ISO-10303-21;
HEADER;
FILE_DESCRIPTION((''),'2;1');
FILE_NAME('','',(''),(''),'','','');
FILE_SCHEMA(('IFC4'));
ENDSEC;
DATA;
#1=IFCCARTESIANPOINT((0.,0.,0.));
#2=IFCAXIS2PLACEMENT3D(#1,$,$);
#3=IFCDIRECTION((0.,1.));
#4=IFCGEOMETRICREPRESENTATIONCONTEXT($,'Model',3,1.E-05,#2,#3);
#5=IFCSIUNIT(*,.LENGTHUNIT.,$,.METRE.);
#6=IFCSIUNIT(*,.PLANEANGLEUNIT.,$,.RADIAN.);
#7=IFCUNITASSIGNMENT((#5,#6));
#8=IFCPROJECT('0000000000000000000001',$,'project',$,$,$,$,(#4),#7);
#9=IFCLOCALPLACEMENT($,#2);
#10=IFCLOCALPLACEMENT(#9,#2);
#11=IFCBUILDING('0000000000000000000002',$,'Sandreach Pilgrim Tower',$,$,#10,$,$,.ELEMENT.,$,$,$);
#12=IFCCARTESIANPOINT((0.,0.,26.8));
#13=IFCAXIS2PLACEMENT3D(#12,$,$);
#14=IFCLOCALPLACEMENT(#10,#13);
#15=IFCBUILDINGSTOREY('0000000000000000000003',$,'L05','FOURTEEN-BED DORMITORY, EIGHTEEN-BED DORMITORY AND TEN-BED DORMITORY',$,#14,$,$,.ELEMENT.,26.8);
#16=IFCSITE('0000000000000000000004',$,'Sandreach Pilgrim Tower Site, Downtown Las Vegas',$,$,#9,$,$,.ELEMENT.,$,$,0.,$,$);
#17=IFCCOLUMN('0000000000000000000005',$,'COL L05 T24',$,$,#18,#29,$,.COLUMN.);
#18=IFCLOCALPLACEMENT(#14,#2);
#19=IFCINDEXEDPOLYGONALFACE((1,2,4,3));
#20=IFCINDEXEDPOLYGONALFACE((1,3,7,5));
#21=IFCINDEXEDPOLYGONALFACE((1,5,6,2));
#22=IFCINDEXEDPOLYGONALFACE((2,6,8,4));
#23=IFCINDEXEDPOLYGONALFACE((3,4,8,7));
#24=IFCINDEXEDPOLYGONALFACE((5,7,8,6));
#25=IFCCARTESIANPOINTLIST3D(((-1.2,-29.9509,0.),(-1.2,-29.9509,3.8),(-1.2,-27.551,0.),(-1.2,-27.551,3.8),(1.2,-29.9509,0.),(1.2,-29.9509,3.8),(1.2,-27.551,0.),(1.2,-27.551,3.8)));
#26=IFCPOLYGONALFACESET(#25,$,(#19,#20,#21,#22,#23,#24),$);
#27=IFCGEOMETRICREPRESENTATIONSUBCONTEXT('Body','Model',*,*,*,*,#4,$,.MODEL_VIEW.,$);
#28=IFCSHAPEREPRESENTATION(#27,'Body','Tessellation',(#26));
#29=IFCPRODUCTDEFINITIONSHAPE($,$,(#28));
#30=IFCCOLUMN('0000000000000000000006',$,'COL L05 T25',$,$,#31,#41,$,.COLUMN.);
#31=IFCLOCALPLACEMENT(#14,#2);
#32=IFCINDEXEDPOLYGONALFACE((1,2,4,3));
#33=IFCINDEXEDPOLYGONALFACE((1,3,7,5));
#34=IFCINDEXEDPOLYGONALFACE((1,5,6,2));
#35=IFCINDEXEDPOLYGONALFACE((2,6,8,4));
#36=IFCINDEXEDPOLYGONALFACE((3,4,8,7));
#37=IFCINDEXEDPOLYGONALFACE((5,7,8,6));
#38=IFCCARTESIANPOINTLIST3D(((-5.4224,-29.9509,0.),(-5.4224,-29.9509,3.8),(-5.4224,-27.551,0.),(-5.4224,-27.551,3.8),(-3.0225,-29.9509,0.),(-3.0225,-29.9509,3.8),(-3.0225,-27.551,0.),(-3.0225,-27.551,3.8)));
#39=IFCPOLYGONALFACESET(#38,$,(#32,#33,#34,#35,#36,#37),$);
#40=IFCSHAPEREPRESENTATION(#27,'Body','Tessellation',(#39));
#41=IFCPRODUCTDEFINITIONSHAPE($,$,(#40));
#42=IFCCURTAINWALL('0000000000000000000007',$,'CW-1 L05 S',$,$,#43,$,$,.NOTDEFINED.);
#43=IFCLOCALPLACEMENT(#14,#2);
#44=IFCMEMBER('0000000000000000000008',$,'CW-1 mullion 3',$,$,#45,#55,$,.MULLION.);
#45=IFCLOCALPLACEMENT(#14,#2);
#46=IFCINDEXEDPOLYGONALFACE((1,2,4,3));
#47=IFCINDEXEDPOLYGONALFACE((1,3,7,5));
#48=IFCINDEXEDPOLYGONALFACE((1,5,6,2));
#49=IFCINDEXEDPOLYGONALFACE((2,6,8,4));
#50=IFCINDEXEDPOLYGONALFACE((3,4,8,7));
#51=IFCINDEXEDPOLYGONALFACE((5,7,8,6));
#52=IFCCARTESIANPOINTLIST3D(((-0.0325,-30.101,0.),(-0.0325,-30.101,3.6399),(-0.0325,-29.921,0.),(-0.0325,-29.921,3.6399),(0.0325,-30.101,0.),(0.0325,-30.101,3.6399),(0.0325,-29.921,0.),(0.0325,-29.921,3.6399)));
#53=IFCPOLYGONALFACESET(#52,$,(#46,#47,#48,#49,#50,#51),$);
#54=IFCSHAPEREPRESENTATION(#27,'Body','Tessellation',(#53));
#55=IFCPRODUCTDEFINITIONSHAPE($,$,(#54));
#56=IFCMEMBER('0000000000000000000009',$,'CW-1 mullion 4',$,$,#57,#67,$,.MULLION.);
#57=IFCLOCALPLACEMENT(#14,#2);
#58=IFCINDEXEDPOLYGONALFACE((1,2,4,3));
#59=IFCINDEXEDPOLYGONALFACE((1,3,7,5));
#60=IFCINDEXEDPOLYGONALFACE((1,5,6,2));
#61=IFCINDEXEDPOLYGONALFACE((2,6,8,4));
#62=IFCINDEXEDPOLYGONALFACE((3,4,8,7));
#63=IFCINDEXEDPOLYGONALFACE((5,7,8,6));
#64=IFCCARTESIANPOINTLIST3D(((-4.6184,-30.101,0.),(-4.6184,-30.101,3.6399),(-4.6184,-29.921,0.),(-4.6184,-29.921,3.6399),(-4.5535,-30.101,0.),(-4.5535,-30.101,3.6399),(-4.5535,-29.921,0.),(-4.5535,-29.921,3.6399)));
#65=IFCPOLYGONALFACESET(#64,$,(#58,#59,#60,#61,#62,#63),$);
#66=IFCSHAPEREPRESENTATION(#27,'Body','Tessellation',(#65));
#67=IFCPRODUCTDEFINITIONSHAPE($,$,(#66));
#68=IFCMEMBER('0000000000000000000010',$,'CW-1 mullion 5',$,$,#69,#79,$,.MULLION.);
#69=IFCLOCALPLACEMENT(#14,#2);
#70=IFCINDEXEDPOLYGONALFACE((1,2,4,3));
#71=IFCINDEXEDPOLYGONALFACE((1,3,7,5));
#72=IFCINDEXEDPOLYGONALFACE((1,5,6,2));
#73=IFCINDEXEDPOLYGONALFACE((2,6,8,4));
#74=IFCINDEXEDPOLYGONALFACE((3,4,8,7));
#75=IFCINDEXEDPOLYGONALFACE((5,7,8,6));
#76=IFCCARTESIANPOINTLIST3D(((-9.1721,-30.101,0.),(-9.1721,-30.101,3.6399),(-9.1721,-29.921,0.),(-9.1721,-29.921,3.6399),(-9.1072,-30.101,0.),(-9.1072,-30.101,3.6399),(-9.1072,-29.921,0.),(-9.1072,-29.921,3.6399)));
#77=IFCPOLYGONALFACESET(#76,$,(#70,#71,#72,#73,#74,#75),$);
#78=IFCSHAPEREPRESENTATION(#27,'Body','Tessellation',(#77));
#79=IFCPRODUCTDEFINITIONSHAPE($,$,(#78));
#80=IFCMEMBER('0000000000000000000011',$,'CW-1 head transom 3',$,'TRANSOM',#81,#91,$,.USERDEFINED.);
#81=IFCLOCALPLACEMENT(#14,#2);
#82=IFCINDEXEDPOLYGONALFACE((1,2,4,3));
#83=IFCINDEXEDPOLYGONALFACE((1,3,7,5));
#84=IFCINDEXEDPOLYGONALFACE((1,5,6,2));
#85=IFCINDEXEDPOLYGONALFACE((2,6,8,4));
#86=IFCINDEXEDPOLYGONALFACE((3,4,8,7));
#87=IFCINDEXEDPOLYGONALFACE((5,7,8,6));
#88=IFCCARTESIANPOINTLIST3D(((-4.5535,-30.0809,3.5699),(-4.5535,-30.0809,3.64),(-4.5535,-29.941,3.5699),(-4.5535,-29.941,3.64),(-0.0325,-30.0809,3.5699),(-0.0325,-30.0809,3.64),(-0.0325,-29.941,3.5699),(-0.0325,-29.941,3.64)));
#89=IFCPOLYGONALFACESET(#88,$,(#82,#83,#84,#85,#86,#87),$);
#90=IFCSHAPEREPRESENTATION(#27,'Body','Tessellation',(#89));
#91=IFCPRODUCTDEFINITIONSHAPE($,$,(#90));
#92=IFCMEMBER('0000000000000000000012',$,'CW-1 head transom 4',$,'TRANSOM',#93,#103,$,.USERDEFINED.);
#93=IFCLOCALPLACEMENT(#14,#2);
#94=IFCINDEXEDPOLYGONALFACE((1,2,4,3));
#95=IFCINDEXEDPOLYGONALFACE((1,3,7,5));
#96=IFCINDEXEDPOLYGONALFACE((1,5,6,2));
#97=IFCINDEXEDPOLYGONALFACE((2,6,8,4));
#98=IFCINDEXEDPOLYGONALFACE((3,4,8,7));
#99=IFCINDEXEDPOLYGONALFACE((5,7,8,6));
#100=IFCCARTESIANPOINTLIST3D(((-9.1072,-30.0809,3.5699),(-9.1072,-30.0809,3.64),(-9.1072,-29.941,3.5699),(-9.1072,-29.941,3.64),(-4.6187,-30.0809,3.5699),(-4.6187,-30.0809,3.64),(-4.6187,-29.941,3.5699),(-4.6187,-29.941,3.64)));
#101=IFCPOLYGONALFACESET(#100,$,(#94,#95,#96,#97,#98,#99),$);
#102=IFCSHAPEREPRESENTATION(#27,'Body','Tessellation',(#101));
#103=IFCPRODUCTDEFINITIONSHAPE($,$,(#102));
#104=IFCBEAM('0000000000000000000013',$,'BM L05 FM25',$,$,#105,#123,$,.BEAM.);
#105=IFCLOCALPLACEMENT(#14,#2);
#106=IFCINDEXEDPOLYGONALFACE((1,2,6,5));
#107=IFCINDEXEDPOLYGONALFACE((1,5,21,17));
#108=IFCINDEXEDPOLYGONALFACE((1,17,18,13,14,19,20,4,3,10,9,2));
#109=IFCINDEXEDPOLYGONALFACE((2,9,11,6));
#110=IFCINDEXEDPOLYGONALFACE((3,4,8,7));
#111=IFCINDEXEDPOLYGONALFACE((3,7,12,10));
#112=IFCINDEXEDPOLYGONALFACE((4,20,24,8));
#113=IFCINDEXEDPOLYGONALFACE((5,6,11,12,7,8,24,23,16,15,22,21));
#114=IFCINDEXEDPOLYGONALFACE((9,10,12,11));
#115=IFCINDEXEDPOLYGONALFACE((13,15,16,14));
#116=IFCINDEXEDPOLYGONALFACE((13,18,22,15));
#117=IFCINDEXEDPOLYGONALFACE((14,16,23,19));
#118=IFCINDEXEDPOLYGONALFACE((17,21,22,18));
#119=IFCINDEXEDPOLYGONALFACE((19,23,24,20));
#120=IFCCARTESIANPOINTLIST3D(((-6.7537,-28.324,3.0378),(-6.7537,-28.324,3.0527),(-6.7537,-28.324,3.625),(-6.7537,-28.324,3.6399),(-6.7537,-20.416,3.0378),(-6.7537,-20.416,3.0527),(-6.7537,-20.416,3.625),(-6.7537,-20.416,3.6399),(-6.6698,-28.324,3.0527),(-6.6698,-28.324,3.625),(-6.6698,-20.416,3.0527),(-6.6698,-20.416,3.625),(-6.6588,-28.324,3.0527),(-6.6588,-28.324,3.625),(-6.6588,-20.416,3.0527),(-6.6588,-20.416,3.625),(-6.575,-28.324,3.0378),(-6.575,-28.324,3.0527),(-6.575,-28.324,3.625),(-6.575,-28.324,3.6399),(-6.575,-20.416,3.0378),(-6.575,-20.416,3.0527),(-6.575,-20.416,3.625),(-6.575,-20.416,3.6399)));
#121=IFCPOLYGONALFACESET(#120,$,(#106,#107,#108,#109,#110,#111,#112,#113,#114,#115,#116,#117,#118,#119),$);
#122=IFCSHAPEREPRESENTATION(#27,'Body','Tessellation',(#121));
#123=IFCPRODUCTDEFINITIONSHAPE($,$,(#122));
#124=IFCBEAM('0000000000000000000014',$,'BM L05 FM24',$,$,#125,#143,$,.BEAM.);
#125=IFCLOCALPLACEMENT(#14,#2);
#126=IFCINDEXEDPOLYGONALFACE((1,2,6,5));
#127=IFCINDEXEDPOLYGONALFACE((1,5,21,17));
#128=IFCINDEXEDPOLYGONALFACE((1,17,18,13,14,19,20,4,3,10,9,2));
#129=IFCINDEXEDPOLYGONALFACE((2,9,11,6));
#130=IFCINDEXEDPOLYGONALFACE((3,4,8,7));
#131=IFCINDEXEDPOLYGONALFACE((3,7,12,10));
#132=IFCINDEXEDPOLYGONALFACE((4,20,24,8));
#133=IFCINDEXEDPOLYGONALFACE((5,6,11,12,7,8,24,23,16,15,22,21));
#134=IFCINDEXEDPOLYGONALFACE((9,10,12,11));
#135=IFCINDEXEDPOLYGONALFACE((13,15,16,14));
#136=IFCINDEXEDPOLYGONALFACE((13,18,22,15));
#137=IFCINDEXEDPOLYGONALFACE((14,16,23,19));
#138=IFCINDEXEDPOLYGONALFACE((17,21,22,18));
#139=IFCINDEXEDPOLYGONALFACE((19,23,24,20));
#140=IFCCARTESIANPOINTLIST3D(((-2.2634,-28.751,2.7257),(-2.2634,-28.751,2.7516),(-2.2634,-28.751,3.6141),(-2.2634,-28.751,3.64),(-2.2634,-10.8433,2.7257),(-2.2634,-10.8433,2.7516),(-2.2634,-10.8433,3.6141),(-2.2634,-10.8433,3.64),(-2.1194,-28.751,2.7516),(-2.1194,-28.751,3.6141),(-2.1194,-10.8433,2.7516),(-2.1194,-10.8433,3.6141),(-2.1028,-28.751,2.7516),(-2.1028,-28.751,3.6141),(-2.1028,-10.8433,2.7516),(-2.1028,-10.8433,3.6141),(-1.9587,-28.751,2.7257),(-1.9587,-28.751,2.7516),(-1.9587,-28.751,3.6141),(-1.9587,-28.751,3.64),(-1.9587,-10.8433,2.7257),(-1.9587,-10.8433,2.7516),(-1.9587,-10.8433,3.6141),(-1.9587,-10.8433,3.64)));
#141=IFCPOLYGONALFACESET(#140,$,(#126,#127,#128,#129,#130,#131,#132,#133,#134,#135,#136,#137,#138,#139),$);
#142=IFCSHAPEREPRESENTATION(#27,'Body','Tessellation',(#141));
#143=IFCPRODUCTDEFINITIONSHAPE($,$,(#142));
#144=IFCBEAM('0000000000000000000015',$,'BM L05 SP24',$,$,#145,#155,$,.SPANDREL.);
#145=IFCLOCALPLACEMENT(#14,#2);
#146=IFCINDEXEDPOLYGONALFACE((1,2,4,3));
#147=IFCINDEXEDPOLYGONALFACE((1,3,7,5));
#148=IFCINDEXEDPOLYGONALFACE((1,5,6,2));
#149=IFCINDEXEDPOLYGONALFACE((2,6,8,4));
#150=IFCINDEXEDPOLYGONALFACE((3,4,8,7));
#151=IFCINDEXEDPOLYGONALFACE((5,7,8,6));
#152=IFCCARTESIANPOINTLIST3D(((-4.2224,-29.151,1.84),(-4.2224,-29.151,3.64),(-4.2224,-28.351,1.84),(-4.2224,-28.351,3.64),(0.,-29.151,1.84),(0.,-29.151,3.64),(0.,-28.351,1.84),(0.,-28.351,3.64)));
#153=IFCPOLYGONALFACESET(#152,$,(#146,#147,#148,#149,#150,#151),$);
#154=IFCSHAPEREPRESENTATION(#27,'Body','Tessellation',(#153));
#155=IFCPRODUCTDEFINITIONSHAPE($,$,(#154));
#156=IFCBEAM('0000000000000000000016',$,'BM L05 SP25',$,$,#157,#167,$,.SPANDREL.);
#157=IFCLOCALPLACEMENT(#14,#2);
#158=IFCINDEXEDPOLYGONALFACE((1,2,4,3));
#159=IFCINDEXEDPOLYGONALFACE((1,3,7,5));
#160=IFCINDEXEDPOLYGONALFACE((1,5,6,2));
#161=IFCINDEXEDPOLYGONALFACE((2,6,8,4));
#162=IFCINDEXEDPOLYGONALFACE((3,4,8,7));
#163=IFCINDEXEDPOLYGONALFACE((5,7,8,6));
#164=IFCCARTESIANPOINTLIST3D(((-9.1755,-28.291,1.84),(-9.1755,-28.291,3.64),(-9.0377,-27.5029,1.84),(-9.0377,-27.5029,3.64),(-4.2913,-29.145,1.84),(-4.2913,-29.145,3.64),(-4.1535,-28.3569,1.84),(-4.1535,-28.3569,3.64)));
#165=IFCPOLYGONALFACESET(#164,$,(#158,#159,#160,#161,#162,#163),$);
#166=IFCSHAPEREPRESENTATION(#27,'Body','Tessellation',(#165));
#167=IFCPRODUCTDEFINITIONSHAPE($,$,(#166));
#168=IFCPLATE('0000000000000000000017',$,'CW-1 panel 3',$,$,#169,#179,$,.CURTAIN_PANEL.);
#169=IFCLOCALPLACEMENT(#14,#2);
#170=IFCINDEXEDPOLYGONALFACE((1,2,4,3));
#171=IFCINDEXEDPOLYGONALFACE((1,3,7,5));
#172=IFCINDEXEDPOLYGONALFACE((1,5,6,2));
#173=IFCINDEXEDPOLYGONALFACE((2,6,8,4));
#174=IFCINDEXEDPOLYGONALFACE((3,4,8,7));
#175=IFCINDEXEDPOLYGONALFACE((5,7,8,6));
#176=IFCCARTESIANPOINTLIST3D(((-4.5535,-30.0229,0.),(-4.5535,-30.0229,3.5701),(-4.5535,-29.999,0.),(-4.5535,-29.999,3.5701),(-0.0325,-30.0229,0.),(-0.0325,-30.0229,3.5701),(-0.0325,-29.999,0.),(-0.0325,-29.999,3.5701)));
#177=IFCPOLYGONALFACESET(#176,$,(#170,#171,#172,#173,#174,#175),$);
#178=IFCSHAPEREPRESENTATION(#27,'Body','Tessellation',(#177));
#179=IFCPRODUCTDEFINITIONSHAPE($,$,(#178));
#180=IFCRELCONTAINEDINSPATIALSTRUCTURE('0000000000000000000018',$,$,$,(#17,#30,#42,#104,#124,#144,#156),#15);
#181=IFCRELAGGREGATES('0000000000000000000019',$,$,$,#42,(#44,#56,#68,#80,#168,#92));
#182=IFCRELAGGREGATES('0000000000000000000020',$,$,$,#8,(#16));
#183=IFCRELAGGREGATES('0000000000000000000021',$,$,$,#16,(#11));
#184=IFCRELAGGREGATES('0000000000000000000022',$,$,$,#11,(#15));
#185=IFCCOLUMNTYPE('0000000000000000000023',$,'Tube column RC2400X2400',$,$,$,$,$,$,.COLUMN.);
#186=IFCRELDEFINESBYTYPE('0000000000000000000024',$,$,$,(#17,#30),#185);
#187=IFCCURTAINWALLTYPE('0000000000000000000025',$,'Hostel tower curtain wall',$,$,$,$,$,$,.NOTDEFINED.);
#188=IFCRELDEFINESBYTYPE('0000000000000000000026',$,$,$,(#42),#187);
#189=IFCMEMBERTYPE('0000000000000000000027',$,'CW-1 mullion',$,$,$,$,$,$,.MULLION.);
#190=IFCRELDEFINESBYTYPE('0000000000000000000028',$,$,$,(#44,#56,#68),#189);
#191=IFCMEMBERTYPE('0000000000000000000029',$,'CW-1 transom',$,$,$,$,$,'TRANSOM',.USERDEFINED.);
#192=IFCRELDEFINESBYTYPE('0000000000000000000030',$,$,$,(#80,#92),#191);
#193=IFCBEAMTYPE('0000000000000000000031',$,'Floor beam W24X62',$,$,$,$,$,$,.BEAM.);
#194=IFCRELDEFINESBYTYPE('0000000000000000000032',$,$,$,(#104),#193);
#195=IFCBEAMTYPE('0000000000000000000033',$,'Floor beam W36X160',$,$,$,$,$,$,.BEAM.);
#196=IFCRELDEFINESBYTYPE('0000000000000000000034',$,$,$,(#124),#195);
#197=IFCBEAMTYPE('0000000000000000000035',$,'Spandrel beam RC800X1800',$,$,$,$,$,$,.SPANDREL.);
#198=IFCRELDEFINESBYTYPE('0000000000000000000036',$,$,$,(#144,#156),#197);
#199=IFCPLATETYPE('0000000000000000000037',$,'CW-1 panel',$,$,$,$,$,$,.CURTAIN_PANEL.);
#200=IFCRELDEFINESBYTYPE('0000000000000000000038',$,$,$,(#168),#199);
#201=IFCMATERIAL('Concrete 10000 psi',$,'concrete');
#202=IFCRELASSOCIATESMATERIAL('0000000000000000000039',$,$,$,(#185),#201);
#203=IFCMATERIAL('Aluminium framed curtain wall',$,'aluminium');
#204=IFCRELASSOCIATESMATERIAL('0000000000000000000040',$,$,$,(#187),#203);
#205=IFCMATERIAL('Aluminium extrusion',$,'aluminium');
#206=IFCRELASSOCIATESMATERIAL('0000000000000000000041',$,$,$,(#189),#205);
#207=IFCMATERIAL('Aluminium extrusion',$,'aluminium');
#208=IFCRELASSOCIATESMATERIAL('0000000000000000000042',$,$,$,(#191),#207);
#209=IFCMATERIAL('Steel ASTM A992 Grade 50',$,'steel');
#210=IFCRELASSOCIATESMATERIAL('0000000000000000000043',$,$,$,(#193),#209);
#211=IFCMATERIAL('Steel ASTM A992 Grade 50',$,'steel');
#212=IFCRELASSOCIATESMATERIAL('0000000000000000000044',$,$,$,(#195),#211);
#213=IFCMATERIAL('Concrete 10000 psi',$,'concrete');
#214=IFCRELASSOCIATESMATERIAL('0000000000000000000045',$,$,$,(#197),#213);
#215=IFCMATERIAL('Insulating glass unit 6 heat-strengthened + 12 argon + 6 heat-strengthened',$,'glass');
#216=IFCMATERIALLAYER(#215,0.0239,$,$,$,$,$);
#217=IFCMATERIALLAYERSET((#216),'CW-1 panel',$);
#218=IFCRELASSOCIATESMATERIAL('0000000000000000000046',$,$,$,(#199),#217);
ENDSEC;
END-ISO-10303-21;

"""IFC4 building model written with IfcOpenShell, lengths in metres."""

from ifc_helpers import new_model, si_unit, direction, frame, origin, origin_2d, place, context, subcontext, project, spatial, rectangle, i_section, extrude, material, layer, layer_set, material_profile, profile_set, type_object, element, aggregate, save


model = new_model("IFC4")

# Units and contexts
model_context = context("Model", 3, precision=1e-05, world=origin(), true_north=direction((0.0, 1.0)))
body_context = subcontext(model_context, "Body", "Model", "MODEL_VIEW")
ifc_project = project(units=[si_unit("LENGTHUNIT", "METRE"), si_unit("PLANEANGLEUNIT", "RADIAN")], contexts=[model_context])

# Site, building, storey
site_placement = place(None, origin())
site = spatial("IfcSite", under=ifc_project, at=site_placement, Name="Sandreach Pilgrim Tower Site, Downtown Las Vegas", CompositionType="ELEMENT", RefElevation=0.0)
building_placement = place(site_placement, origin())
building = spatial("IfcBuilding", under=site, at=building_placement, Name="Sandreach Pilgrim Tower", CompositionType="ELEMENT")
storey_placement = place(building_placement, frame((0.0, 0.0, 26.8)))
storey = spatial("IfcBuildingStorey", under=building, at=storey_placement, Name="L05", Description="FOURTEEN-BED DORMITORY, EIGHTEEN-BED DORMITORY AND TEN-BED DORMITORY", CompositionType="ELEMENT", Elevation=26.8)

# Columns
ifc_material_1 = material(Name="Concrete 10000 psi", Category="concrete")
ifc_material_profile_1 = material_profile(ifc_material_1, rectangle(XDim=2.3999, YDim=2.3999, at=origin_2d()), Name="RC2400X2400")
ifc_profile_set_1 = profile_set([ifc_material_profile_1], Name="Concrete 10000 psi")
column_type = type_object("IfcColumnType", Name="Tube column RC2400X2400", PredefinedType="COLUMN", material=ifc_profile_set_1)
for number, where, z_axis, x_axis, name in (
    (1, (0.0, -28.751, 0.0), (0.0, 0.0, 1.0), (0.0, -1.0, 0.0), "COL L05 T24"),
    (2, (-4.2224, -28.751, 0.0), (0.0, 0.0, 1.0), (0.0, -1.0, 0.0), "COL L05 T25"),
):
    element("IfcColumn", number, at=place(storey_placement, frame(where, z_axis=z_axis, x_axis=x_axis)), inside=storey, type_object=column_type, Name=name, PredefinedType="COLUMN", context=body_context, shape_type="SweptSolid", body=[
        extrude(rectangle(XDim=2.3999, YDim=2.3999, at=origin_2d()), origin(), (0.0, 0.0, 1.0), 3.8),
    ])

# Curtain wall, members
ifc_material_2 = material(Name="Aluminium framed curtain wall", Category="aluminium")
curtain_wall_type = type_object("IfcCurtainWallType", Name="Hostel tower curtain wall", PredefinedType="NOTDEFINED", material=ifc_material_2)
curtain_wall_placement = place(storey_placement, origin())
curtain_wall = element("IfcCurtainWall", 3, at=curtain_wall_placement, inside=storey, type_object=curtain_wall_type, Name="CW-1 L05 S", PredefinedType="NOTDEFINED")
ifc_material_3 = material(Name="Aluminium extrusion", Category="aluminium")
ifc_material_profile_2 = material_profile(ifc_material_3, rectangle(XDim=0.0649, YDim=0.1799, at=origin_2d()), Name="CW-1M 65X180")
ifc_profile_set_2 = profile_set([ifc_material_profile_2], Name="Aluminium extrusion")
member_type_1 = type_object("IfcMemberType", Name="CW-1 mullion", PredefinedType="MULLION", material=ifc_profile_set_2)
member_1_placement = place(storey_placement, frame((0.0, -30.011, 0.0), z_axis=(0.0, 0.0, 1.0), x_axis=(-1.0, 0.0, 0.0)))
member_1 = element("IfcMember", 4, at=member_1_placement, type_object=member_type_1, Name="CW-1 mullion 3", PredefinedType="MULLION", context=body_context, shape_type="SweptSolid", body=[
    extrude(rectangle(XDim=0.0649, YDim=0.1799, at=origin_2d()), origin(), (0.0, 0.0, 1.0), 3.6399),
])
member_2_placement = place(storey_placement, frame((-4.5859, -30.011, 0.0), z_axis=(0.0, 0.0, 1.0), x_axis=(-1.0, 0.0, 0.0)))
member_2 = element("IfcMember", 5, at=member_2_placement, type_object=member_type_1, Name="CW-1 mullion 4", PredefinedType="MULLION", context=body_context, shape_type="SweptSolid", body=[
    extrude(rectangle(XDim=0.0649, YDim=0.1799, at=origin_2d()), origin(), (0.0, 0.0, 1.0), 3.6399),
])
member_3_placement = place(storey_placement, frame((-9.1396, -30.011, 0.0), z_axis=(0.0, 0.0, 1.0), x_axis=(-1.0, 0.0, 0.0)))
member_3 = element("IfcMember", 6, at=member_3_placement, type_object=member_type_1, Name="CW-1 mullion 5", PredefinedType="MULLION", context=body_context, shape_type="SweptSolid", body=[
    extrude(rectangle(XDim=0.0649, YDim=0.1799, at=origin_2d()), origin(), (0.0, 0.0, 1.0), 3.6399),
])
ifc_material_4 = material(Name="Aluminium extrusion", Category="aluminium")
ifc_material_profile_3 = material_profile(ifc_material_4, rectangle(XDim=0.1399, YDim=0.0701, at=origin_2d()), Name="CW-1T 140X70")
ifc_profile_set_3 = profile_set([ifc_material_profile_3], Name="Aluminium extrusion")
member_type_2 = type_object("IfcMemberType", Name="CW-1 transom", ElementType="TRANSOM", PredefinedType="USERDEFINED", material=ifc_profile_set_3)
member_4_placement = place(storey_placement, frame((-0.0325, -30.011, 3.605), z_axis=(-1.0, 0.0, 0.0), x_axis=(0.0, -1.0, 0.0)))
member_4 = element("IfcMember", 7, at=member_4_placement, type_object=member_type_2, Name="CW-1 head transom 3", ObjectType="TRANSOM", PredefinedType="USERDEFINED", context=body_context, shape_type="SweptSolid", body=[
    extrude(rectangle(XDim=0.1399, YDim=0.0701, at=origin_2d()), origin(), (0.0, 0.0, 1.0), 4.521),
])
member_5_placement = place(storey_placement, frame((-4.6187, -30.011, 3.605), z_axis=(-1.0, 0.0, 0.0), x_axis=(0.0, -1.0, 0.0)))
member_5 = element("IfcMember", 8, at=member_5_placement, type_object=member_type_2, Name="CW-1 head transom 4", ObjectType="TRANSOM", PredefinedType="USERDEFINED", context=body_context, shape_type="SweptSolid", body=[
    extrude(rectangle(XDim=0.1399, YDim=0.0701, at=origin_2d()), origin(), (0.0, 0.0, 1.0), 4.4885),
])

# Beams
ifc_material_5 = material(Name="Steel ASTM A992 Grade 50", Category="steel")
ifc_material_profile_4 = material_profile(ifc_material_5, i_section(OverallWidth=0.1787, OverallDepth=0.6021, WebThickness=0.011, FlangeThickness=0.0149, at=origin_2d()), Name="W24X62")
ifc_profile_set_4 = profile_set([ifc_material_profile_4], Name="Steel ASTM A992 Grade 50")
beam_type_1 = type_object("IfcBeamType", Name="Floor beam W24X62", PredefinedType="BEAM", material=ifc_profile_set_4)
beam_1_placement = place(storey_placement, frame((-6.6643, -28.324, 3.3389), z_axis=(0.0, 1.0, 0.0), x_axis=(-1.0, 0.0, 0.0)))
element("IfcBeam", 9, at=beam_1_placement, inside=storey, type_object=beam_type_1, Name="BM L05 FM25", PredefinedType="BEAM", context=body_context, shape_type="SweptSolid", body=[
    extrude(i_section(OverallWidth=0.1787, OverallDepth=0.6021, WebThickness=0.011, FlangeThickness=0.0149, at=origin_2d()), origin(), (0.0, 0.0, 1.0), 7.908),
])
ifc_material_6 = material(Name="Steel ASTM A992 Grade 50", Category="steel")
ifc_material_profile_5 = material_profile(ifc_material_6, i_section(OverallWidth=0.3047, OverallDepth=0.9143, WebThickness=0.0166, FlangeThickness=0.0259, at=origin_2d()), Name="W36X160")
ifc_profile_set_5 = profile_set([ifc_material_profile_5], Name="Steel ASTM A992 Grade 50")
beam_type_2 = type_object("IfcBeamType", Name="Floor beam W36X160", PredefinedType="BEAM", material=ifc_profile_set_5)
beam_2_placement = place(storey_placement, frame((-2.1111, -28.751, 3.1829), z_axis=(0.0, 1.0, 0.0), x_axis=(-1.0, 0.0, 0.0)))
element("IfcBeam", 10, at=beam_2_placement, inside=storey, type_object=beam_type_2, Name="BM L05 FM24", PredefinedType="BEAM", context=body_context, shape_type="SweptSolid", body=[
    extrude(i_section(OverallWidth=0.3047, OverallDepth=0.9143, WebThickness=0.0166, FlangeThickness=0.0259, at=origin_2d()), origin(), (0.0, 0.0, 1.0), 17.9077),
])
ifc_material_7 = material(Name="Concrete 10000 psi", Category="concrete")
ifc_material_profile_6 = material_profile(ifc_material_7, rectangle(XDim=0.8, YDim=1.8, at=origin_2d()), Name="RC800X1800")
ifc_profile_set_6 = profile_set([ifc_material_profile_6], Name="Concrete 10000 psi")
beam_type_3 = type_object("IfcBeamType", Name="Spandrel beam RC800X1800", PredefinedType="SPANDREL", material=ifc_profile_set_6)
beam_3_placement = place(storey_placement, frame((0.0, -28.751, 2.74), z_axis=(-1.0, 0.0, 0.0), x_axis=(0.0, -1.0, 0.0)))
element("IfcBeam", 11, at=beam_3_placement, inside=storey, type_object=beam_type_3, Name="BM L05 SP24", PredefinedType="SPANDREL", context=body_context, shape_type="SweptSolid", body=[
    extrude(rectangle(XDim=0.8, YDim=1.8, at=origin_2d()), origin(), (0.0, 0.0, 1.0), 4.2224),
])
beam_4_placement = place(storey_placement, frame((-4.2224, -28.751, 2.74), z_axis=(-0.985054, 0.172243, 0.0), x_axis=(-0.172243, -0.985054, 0.0)))
element("IfcBeam", 12, at=beam_4_placement, inside=storey, type_object=beam_type_3, Name="BM L05 SP25", PredefinedType="SPANDREL", context=body_context, shape_type="SweptSolid", body=[
    extrude(rectangle(XDim=0.8, YDim=1.8, at=origin_2d()), origin(), (0.0, 0.0, 1.0), 4.9583),
])

# Plate
ifc_material_8 = material(Name="Insulating glass unit 6 heat-strengthened + 12 argon + 6 heat-strengthened", Category="glass")
ifc_layer_1 = layer(ifc_material_8, 0.0239)
ifc_layer_set_1 = layer_set([ifc_layer_1], Name="CW-1 panel")
plate_type = type_object("IfcPlateType", Name="CW-1 panel", PredefinedType="CURTAIN_PANEL", material=ifc_layer_set_1)
plate_1_placement = place(storey_placement, frame((-2.293, -30.011, 0.0), z_axis=(0.0, 0.0, 1.0), x_axis=(-1.0, 0.0, 0.0)))
plate_1 = element("IfcPlate", 13, at=plate_1_placement, type_object=plate_type, Name="CW-1 panel 3", PredefinedType="CURTAIN_PANEL", context=body_context, shape_type="SweptSolid", body=[
    extrude(rectangle(XDim=4.521, YDim=0.0239, at=origin_2d()), origin(), (0.0, 0.0, 1.0), 3.5701),
])
aggregate(curtain_wall, [member_1, member_2, member_3, member_4, plate_1, member_5])

save(model, "model.ifc")
